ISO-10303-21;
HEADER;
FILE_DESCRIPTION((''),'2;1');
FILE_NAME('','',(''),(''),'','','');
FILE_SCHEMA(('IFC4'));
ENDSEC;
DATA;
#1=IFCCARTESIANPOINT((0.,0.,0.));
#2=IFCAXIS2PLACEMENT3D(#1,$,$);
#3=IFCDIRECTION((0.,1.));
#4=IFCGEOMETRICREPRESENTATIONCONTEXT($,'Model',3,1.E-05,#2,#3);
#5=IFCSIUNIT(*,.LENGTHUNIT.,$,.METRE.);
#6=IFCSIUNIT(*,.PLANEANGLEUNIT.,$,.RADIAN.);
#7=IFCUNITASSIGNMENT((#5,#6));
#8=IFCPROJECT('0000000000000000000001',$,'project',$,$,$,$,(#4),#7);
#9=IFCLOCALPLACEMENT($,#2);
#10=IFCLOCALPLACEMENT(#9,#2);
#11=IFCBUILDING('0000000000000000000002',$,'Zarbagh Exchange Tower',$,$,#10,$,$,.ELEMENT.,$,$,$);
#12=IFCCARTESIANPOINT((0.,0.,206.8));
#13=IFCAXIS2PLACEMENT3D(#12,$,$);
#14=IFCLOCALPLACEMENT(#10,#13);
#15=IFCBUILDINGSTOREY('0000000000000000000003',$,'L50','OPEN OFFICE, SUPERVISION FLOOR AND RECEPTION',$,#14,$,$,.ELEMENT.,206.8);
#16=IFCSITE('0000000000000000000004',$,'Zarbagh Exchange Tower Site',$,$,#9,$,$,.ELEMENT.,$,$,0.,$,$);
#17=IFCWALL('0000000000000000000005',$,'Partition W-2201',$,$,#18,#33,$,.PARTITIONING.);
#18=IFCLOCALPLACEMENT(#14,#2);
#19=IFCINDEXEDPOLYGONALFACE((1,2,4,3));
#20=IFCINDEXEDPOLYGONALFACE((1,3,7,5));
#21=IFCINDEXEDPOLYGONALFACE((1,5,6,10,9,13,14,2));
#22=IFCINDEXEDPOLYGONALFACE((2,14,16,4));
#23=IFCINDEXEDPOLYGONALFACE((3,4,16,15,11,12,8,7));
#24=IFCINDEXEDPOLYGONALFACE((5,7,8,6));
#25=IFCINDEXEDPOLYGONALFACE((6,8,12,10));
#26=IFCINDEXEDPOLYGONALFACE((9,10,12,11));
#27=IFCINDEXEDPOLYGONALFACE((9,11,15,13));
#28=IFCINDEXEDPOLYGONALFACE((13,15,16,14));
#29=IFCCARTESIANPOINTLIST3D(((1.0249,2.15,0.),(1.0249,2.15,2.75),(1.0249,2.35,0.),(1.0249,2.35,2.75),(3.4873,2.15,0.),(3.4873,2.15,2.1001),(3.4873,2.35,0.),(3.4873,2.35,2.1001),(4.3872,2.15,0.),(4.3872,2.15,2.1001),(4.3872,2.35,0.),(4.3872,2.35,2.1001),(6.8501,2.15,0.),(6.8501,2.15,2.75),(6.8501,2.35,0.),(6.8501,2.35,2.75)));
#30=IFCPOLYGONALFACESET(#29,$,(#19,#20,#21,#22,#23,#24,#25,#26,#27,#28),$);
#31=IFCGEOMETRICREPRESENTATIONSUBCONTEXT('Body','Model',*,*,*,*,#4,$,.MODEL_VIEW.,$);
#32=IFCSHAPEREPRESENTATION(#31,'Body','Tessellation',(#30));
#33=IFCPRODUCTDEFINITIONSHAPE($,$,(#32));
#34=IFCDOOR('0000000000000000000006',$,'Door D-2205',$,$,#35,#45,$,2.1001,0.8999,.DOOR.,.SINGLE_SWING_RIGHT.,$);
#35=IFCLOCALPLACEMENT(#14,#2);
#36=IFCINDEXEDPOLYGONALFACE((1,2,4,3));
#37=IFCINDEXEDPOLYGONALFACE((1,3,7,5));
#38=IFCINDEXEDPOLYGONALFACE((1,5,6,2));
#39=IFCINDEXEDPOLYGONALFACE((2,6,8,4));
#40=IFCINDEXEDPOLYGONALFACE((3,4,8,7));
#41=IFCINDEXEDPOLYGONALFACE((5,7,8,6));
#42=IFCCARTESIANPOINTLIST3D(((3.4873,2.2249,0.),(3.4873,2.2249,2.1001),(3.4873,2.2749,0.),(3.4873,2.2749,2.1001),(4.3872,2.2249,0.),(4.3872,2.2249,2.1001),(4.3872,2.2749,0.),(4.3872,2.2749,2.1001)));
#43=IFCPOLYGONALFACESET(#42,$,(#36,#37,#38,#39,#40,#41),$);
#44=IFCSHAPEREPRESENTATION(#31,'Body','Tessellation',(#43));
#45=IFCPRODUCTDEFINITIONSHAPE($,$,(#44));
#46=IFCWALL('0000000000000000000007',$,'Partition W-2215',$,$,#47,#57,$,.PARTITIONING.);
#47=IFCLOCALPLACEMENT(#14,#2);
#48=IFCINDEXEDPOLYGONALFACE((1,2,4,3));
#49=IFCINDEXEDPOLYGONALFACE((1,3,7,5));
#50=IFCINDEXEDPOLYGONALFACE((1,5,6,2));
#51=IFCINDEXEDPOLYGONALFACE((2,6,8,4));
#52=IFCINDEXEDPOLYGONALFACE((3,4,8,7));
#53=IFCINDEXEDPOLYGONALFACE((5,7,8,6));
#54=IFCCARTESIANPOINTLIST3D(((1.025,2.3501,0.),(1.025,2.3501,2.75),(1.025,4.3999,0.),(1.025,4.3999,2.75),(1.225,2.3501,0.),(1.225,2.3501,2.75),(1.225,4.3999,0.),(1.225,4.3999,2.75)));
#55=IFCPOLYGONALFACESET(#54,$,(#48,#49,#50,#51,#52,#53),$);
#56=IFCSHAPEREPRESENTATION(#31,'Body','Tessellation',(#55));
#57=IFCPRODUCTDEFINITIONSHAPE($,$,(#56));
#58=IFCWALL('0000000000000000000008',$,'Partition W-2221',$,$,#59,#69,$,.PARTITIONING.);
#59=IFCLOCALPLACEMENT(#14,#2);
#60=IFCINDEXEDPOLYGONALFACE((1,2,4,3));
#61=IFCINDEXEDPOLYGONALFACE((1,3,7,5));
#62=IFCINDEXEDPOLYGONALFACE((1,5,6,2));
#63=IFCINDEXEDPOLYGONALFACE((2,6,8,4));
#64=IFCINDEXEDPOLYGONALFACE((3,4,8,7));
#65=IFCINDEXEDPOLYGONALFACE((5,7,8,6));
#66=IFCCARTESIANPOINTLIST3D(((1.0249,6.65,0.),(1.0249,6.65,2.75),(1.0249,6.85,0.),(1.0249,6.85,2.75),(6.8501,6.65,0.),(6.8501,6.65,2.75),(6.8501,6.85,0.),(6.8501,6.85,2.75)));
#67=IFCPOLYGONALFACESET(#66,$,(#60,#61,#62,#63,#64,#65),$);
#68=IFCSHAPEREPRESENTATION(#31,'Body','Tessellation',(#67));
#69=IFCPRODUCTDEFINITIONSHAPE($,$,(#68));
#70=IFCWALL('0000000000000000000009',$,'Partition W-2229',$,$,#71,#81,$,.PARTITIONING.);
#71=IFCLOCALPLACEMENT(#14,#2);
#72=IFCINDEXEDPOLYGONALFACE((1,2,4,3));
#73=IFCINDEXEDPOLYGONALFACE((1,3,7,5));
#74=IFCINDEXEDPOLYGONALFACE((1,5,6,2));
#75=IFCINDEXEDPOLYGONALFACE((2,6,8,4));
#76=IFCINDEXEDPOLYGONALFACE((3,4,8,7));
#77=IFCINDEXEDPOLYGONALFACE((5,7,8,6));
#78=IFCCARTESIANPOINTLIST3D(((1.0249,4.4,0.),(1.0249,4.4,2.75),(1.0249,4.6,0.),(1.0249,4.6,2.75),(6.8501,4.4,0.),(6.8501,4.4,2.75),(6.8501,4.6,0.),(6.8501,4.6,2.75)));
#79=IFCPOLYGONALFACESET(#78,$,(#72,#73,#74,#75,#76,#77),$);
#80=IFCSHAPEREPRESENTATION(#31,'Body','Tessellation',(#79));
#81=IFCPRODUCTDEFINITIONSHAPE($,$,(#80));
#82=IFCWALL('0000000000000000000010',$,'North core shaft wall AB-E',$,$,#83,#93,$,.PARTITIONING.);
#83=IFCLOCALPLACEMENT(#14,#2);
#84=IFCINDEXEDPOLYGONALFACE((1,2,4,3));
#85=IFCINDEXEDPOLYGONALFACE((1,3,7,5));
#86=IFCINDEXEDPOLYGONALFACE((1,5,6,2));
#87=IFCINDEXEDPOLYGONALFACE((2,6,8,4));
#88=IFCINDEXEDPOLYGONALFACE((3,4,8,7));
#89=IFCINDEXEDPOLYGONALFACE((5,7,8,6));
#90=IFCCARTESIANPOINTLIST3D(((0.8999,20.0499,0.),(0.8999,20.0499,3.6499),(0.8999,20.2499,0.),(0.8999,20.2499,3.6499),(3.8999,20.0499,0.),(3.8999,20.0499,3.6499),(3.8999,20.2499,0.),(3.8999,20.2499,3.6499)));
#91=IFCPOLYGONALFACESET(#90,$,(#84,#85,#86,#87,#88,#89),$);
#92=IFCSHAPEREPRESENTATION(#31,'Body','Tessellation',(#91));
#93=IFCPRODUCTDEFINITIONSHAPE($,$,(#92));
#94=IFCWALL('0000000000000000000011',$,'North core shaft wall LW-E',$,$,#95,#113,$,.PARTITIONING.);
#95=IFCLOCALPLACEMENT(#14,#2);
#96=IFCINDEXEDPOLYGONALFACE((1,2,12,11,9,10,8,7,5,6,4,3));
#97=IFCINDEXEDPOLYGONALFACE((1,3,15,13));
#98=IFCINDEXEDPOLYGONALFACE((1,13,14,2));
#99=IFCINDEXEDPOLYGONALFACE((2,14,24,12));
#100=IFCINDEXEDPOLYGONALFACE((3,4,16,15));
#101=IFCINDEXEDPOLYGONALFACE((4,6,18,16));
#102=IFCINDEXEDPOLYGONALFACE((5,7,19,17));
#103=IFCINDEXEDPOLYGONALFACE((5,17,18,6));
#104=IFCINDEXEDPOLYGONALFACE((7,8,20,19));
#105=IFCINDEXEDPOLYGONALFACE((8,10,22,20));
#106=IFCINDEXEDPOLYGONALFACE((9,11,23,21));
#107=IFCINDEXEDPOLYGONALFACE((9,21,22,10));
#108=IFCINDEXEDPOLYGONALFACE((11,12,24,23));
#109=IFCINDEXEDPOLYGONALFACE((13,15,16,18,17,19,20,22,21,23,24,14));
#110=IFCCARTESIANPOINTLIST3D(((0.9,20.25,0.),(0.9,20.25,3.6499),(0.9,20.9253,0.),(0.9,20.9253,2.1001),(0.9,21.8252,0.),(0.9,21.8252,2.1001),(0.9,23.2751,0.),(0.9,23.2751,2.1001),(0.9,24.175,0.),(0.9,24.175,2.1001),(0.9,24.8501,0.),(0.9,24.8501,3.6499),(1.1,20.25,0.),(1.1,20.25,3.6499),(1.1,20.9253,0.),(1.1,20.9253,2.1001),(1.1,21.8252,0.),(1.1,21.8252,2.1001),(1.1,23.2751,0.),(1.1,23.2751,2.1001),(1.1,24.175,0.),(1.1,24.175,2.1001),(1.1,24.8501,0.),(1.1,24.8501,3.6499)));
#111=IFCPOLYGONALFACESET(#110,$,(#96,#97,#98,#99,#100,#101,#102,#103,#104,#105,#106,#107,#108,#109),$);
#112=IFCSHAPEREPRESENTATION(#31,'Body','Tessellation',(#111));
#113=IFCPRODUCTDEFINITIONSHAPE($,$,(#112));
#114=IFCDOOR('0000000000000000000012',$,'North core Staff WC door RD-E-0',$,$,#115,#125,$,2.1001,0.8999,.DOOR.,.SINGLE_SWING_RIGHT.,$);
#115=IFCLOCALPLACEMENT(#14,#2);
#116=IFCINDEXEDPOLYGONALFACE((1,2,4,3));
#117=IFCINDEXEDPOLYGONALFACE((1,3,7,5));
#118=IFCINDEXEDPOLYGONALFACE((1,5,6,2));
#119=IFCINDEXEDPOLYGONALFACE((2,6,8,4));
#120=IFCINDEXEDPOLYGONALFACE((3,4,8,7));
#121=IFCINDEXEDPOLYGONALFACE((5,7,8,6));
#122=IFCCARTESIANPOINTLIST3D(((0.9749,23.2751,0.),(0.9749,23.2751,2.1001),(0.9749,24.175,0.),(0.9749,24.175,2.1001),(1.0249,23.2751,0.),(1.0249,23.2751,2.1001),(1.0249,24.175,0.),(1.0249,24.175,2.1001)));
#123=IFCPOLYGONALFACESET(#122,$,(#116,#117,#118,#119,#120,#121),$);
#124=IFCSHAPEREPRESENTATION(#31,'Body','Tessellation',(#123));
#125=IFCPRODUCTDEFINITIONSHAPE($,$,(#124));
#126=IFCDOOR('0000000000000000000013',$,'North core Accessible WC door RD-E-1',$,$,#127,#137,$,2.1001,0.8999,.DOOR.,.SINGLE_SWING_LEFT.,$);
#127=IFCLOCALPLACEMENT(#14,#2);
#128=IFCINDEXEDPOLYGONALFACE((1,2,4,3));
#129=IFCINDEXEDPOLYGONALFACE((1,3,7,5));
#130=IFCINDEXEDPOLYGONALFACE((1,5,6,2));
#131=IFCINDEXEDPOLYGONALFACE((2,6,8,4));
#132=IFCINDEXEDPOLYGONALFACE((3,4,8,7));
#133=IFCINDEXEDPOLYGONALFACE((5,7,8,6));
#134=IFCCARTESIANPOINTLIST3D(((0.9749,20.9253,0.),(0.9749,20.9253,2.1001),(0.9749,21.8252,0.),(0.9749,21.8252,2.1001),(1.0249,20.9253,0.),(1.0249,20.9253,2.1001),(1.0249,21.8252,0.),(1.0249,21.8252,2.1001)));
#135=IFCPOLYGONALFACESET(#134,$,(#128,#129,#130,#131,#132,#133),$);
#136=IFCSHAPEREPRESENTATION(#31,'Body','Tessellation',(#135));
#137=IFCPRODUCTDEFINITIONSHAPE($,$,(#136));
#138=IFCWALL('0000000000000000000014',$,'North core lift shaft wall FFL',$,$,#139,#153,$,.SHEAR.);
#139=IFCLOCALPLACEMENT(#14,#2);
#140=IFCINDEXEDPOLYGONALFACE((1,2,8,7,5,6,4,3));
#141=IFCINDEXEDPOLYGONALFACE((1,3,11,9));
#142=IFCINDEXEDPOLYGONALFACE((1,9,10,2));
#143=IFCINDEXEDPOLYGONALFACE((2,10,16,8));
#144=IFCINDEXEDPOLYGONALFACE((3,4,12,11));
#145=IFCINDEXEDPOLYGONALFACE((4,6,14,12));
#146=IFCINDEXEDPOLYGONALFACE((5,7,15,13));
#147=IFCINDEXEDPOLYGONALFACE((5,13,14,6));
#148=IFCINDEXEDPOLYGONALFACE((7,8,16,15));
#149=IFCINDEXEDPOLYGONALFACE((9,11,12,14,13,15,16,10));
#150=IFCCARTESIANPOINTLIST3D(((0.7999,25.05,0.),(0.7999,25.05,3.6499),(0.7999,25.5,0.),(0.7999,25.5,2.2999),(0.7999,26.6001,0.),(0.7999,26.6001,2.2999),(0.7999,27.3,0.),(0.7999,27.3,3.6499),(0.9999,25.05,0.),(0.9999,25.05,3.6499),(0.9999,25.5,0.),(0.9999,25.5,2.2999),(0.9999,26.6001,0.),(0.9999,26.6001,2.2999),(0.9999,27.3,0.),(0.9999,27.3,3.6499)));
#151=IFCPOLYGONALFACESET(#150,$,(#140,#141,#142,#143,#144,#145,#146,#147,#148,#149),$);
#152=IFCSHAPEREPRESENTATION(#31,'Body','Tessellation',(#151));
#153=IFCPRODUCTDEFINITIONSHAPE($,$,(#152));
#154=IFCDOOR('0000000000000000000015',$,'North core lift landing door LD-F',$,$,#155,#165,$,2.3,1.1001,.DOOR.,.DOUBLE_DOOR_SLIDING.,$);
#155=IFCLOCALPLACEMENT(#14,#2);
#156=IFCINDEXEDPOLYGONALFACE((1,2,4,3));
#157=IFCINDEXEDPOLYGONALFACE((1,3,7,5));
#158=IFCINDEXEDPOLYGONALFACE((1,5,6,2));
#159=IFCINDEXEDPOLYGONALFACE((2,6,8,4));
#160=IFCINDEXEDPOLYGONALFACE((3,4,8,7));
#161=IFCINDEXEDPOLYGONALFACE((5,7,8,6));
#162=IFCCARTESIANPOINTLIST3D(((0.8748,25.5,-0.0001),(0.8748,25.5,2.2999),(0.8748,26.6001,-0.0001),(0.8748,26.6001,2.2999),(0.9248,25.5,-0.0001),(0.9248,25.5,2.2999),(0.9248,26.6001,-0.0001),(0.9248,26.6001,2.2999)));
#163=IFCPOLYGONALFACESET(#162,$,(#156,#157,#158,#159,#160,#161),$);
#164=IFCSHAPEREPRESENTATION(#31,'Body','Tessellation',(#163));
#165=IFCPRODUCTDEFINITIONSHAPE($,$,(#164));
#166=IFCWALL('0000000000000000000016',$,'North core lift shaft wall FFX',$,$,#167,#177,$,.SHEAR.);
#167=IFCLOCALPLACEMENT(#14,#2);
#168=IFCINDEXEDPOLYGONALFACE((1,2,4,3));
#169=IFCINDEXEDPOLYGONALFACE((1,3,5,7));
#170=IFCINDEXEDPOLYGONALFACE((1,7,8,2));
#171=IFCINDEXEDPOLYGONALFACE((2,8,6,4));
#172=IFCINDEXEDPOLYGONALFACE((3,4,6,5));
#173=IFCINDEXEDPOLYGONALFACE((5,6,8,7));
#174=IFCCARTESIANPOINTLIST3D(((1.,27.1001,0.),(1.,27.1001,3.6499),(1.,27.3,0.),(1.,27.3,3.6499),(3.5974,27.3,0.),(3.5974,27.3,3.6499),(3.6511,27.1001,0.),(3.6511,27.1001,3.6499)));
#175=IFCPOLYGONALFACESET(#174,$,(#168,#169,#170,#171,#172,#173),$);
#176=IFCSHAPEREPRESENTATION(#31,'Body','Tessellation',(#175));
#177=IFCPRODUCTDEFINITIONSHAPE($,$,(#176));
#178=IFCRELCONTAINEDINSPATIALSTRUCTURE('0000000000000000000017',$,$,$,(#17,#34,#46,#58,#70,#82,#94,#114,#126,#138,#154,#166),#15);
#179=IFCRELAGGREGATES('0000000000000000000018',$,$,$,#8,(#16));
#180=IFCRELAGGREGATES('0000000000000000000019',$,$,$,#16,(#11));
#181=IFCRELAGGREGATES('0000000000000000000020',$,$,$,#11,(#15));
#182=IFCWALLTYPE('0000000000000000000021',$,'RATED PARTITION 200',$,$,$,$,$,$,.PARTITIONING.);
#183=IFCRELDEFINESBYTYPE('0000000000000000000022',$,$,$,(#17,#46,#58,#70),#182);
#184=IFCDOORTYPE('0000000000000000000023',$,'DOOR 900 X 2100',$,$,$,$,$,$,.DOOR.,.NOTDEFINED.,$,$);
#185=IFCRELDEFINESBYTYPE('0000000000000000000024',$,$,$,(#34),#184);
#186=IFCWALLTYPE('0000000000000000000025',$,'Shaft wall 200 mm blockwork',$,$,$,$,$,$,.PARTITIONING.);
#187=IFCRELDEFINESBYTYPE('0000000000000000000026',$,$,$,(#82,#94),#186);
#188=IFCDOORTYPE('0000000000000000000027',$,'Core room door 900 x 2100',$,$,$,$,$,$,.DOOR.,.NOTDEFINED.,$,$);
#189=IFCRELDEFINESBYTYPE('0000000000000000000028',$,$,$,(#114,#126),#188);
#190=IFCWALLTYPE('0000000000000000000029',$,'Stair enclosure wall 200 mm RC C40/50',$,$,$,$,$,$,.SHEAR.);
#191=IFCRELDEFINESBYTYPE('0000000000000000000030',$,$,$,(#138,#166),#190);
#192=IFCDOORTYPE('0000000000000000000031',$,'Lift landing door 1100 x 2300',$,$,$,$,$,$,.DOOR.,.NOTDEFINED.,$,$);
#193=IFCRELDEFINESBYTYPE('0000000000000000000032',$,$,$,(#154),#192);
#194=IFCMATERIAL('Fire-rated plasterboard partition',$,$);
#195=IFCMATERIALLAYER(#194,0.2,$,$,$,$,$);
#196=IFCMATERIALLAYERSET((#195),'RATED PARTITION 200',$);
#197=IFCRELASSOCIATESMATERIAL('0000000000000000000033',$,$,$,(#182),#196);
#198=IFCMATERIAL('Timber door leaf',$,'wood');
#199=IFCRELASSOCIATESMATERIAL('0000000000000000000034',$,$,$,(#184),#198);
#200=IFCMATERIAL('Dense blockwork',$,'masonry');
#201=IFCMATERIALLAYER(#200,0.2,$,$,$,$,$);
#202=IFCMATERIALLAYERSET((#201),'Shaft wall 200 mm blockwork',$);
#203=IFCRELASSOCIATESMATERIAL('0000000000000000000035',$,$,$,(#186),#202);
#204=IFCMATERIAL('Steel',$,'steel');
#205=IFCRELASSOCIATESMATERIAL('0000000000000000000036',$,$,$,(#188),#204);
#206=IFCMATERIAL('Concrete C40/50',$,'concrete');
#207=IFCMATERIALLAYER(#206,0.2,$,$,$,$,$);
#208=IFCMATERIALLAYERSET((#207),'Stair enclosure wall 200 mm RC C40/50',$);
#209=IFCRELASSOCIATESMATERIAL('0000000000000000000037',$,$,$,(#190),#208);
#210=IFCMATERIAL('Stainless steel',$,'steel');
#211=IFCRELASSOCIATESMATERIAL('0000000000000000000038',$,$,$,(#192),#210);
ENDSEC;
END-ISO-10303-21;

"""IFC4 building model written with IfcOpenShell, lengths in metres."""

from ifc_helpers import new_model, si_unit, direction, frame, frame_2d, origin, place, context, subcontext, project, spatial, polyline, rectangle, outline, extrude, material, layer, layer_set, type_object, element, fill, save


model = new_model("IFC4")

# Units and contexts
model_context = context("Model", 3, precision=1e-05, world=origin(), true_north=direction((0.0, 1.0)))
body_context = subcontext(model_context, "Body", "Model", "MODEL_VIEW")
ifc_project = project(units=[si_unit("LENGTHUNIT", "METRE"), si_unit("PLANEANGLEUNIT", "RADIAN")], contexts=[model_context])

# Site, building, storey
site_placement = place(None, origin())
site = spatial("IfcSite", under=ifc_project, at=site_placement, Name="Zarbagh Exchange Tower Site", CompositionType="ELEMENT", RefElevation=0.0)
building_placement = place(site_placement, origin())
building = spatial("IfcBuilding", under=site, at=building_placement, Name="Zarbagh Exchange Tower", CompositionType="ELEMENT")
storey_placement = place(building_placement, frame((0.0, 0.0, 206.8)))
storey = spatial("IfcBuildingStorey", under=building, at=storey_placement, Name="L50", Description="OPEN OFFICE, SUPERVISION FLOOR AND RECEPTION", CompositionType="ELEMENT", Elevation=206.8)

# Shared definitions
ifc_material_1 = material(Name="Concrete C40/50", Category="concrete")

# Shared definitions
ifc_material_2 = material(Name="Dense blockwork", Category="masonry")

# Wall, opening, door
ifc_material_3 = material(Name="Fire-rated plasterboard partition")
ifc_layer_1 = layer(ifc_material_3, 0.2)
ifc_layer_set_1 = layer_set([ifc_layer_1], Name="RATED PARTITION 200")
wall_type_1 = type_object("IfcWallType", Name="RATED PARTITION 200", PredefinedType="PARTITIONING", material=ifc_layer_set_1)
wall_1_placement = place(storey_placement, frame((1.0249, 2.25, 0.0), z_axis=(0.0, 0.0, 1.0), x_axis=(1.0, 0.0, 0.0)))
wall_1 = element("IfcWall", 1, at=wall_1_placement, inside=storey, type_object=wall_type_1, Name="Partition W-2201", PredefinedType="PARTITIONING", context=body_context, shape_type="SweptSolid", body=[
    extrude(rectangle(XDim=5.8252, YDim=0.2, at=frame_2d((2.9126, 0.0))), origin(), (0.0, 0.0, 1.0), 2.75),
])
opening_1_placement = place(wall_1_placement, frame((2.4624, 0.0, 0.0)))
opening_1 = element("IfcOpeningElement", 2, at=opening_1_placement, cuts=wall_1, PredefinedType="OPENING", context=body_context, shape_type="SweptSolid", body=[
    extrude(rectangle(XDim=0.8999, YDim=2.1001, at=frame_2d((0.45, 1.05))), frame((0.0, 0.1099, 0.0), z_axis=(0.0, -1.0, 0.0), x_axis=(1.0, 0.0, 0.0)), (0.0, 0.0, 1.0), 0.22),
])
ifc_material_4 = material(Name="Timber door leaf", Category="wood")
door_type_1 = type_object("IfcDoorType", Name="DOOR 900 X 2100", OperationType="NOTDEFINED", PredefinedType="DOOR", material=ifc_material_4)
door_1_placement = place(opening_1_placement, origin())
door_1 = element("IfcDoor", 3, at=door_1_placement, inside=storey, type_object=door_type_1, Name="Door D-2205", OperationType="SINGLE_SWING_RIGHT", OverallHeight=2.1001, OverallWidth=0.8999, PredefinedType="DOOR", context=body_context, shape_type="SweptSolid", body=[
    extrude(rectangle(XDim=0.8999, YDim=2.1001, at=frame_2d((0.45, 1.05))), frame((0.0, 0.0249, 0.0), z_axis=(0.0, -1.0, 0.0), x_axis=(1.0, 0.0, 0.0)), (0.0, 0.0, 1.0), 0.05),
])
fill(opening_1, door_1)

# Walls
wall_2_placement = place(storey_placement, frame((1.125, 2.3501, 0.0), z_axis=(0.0, 0.0, 1.0), x_axis=(0.0, 1.0, 0.0)))
element("IfcWall", 4, at=wall_2_placement, inside=storey, type_object=wall_type_1, Name="Partition W-2215", PredefinedType="PARTITIONING", context=body_context, shape_type="SweptSolid", body=[
    extrude(rectangle(XDim=2.0498, YDim=0.2, at=frame_2d((1.0249, 0.0))), origin(), (0.0, 0.0, 1.0), 2.75),
])
for number, where, z_axis, x_axis, name in (
    (5, (1.0249, 6.75, 0.0), (0.0, 0.0, 1.0), (1.0, 0.0, 0.0), "Partition W-2221"),
    (6, (1.0249, 4.5, 0.0), (0.0, 0.0, 1.0), (1.0, 0.0, 0.0), "Partition W-2229"),
):
    element("IfcWall", number, at=place(storey_placement, frame(where, z_axis=z_axis, x_axis=x_axis)), inside=storey, type_object=wall_type_1, Name=name, PredefinedType="PARTITIONING", context=body_context, shape_type="SweptSolid", body=[
        extrude(rectangle(XDim=5.8252, YDim=0.2, at=frame_2d((2.9126, 0.0))), origin(), (0.0, 0.0, 1.0), 2.75),
    ])
ifc_layer_2 = layer(ifc_material_2, 0.2)
ifc_layer_set_2 = layer_set([ifc_layer_2], Name="Shaft wall 200 mm blockwork")
wall_type_2 = type_object("IfcWallType", Name="Shaft wall 200 mm blockwork", PredefinedType="PARTITIONING", material=ifc_layer_set_2)
wall_3_placement = place(storey_placement, frame((0.8999, 20.1499, 0.0), z_axis=(0.0, 0.0, 1.0), x_axis=(1.0, 0.0, 0.0)))
element("IfcWall", 7, at=wall_3_placement, inside=storey, type_object=wall_type_2, Name="North core shaft wall AB-E", PredefinedType="PARTITIONING", context=body_context, shape_type="SweptSolid", body=[
    extrude(rectangle(XDim=3.0, YDim=0.2, at=frame_2d((1.5, 0.0))), origin(), (0.0, 0.0, 1.0), 3.6499),
])

# Wall, openings, doors
wall_4_placement = place(storey_placement, frame((1.0, 24.8501, 0.0), z_axis=(0.0, 0.0, 1.0), x_axis=(0.0, -1.0, 0.0)))
wall_4 = element("IfcWall", 8, at=wall_4_placement, inside=storey, type_object=wall_type_2, Name="North core shaft wall LW-E", PredefinedType="PARTITIONING", context=body_context, shape_type="SweptSolid", body=[
    extrude(rectangle(XDim=4.6001, YDim=0.2, at=frame_2d((2.3, 0.0))), origin(), (0.0, 0.0, 1.0), 3.6499),
])
opening_2_placement = place(wall_4_placement, frame((0.675, 0.0, 0.0)))
opening_2 = element("IfcOpeningElement", 9, at=opening_2_placement, cuts=wall_4, PredefinedType="OPENING", context=body_context, shape_type="SweptSolid", body=[
    extrude(rectangle(XDim=0.8999, YDim=2.1001, at=frame_2d((0.45, 1.05))), frame((0.0, 0.1099, 0.0), z_axis=(0.0, -1.0, 0.0), x_axis=(1.0, 0.0, 0.0)), (0.0, 0.0, 1.0), 0.22),
])
opening_3_placement = place(wall_4_placement, frame((3.0249, 0.0, 0.0)))
opening_3 = element("IfcOpeningElement", 10, at=opening_3_placement, cuts=wall_4, PredefinedType="OPENING", context=body_context, shape_type="SweptSolid", body=[
    extrude(rectangle(XDim=0.8999, YDim=2.1001, at=frame_2d((0.45, 1.05))), frame((0.0, 0.1099, 0.0), z_axis=(0.0, -1.0, 0.0), x_axis=(1.0, 0.0, 0.0)), (0.0, 0.0, 1.0), 0.22),
])
ifc_material_5 = material(Name="Steel", Category="steel")
door_type_2 = type_object("IfcDoorType", Name="Core room door 900 x 2100", OperationType="NOTDEFINED", PredefinedType="DOOR", material=ifc_material_5)
door_2_placement = place(opening_2_placement, origin())
door_2 = element("IfcDoor", 11, at=door_2_placement, inside=storey, type_object=door_type_2, Name="North core Staff WC door RD-E-0", OperationType="SINGLE_SWING_RIGHT", OverallHeight=2.1001, OverallWidth=0.8999, PredefinedType="DOOR", context=body_context, shape_type="SweptSolid", body=[
    extrude(rectangle(XDim=0.8999, YDim=2.1001, at=frame_2d((0.45, 1.05))), frame((0.0, 0.0249, 0.0), z_axis=(0.0, -1.0, 0.0), x_axis=(1.0, 0.0, 0.0)), (0.0, 0.0, 1.0), 0.05),
])
fill(opening_2, door_2)
door_3_placement = place(opening_3_placement, origin())
door_3 = element("IfcDoor", 12, at=door_3_placement, inside=storey, type_object=door_type_2, Name="North core Accessible WC door RD-E-1", OperationType="SINGLE_SWING_LEFT", OverallHeight=2.1001, OverallWidth=0.8999, PredefinedType="DOOR", context=body_context, shape_type="SweptSolid", body=[
    extrude(rectangle(XDim=0.8999, YDim=2.1001, at=frame_2d((0.45, 1.05))), frame((0.0, 0.0249, 0.0), z_axis=(0.0, -1.0, 0.0), x_axis=(1.0, 0.0, 0.0)), (0.0, 0.0, 1.0), 0.05),
])
fill(opening_3, door_3)

# Wall, opening, door
ifc_layer_3 = layer(ifc_material_1, 0.2)
ifc_layer_set_3 = layer_set([ifc_layer_3], Name="Stair enclosure wall 200 mm RC C40/50")
wall_type_3 = type_object("IfcWallType", Name="Stair enclosure wall 200 mm RC C40/50", PredefinedType="SHEAR", material=ifc_layer_set_3)
wall_5_placement = place(storey_placement, frame((0.8999, 27.3, 0.0), z_axis=(0.0, 0.0, 1.0), x_axis=(0.0, -1.0, 0.0)))
wall_5 = element("IfcWall", 13, at=wall_5_placement, inside=storey, type_object=wall_type_3, Name="North core lift shaft wall FFL", PredefinedType="SHEAR", context=body_context, shape_type="SweptSolid", body=[
    extrude(rectangle(XDim=2.25, YDim=0.2, at=frame_2d((1.125, 0.0))), origin(), (0.0, 0.0, 1.0), 3.6499),
])
opening_4_placement = place(wall_5_placement, frame((0.7, 0.0, 0.0)))
opening_4 = element("IfcOpeningElement", 14, at=opening_4_placement, cuts=wall_5, PredefinedType="OPENING", context=body_context, shape_type="SweptSolid", body=[
    extrude(rectangle(XDim=1.1001, YDim=2.3, at=frame_2d((0.55, 1.1499))), frame((0.0, 0.1099, 0.0), z_axis=(0.0, -1.0, 0.0), x_axis=(1.0, 0.0, 0.0)), (0.0, 0.0, 1.0), 0.22),
])
ifc_material_6 = material(Name="Stainless steel", Category="steel")
door_type_3 = type_object("IfcDoorType", Name="Lift landing door 1100 x 2300", OperationType="NOTDEFINED", PredefinedType="DOOR", material=ifc_material_6)
door_4_placement = place(opening_4_placement, origin())
door_4 = element("IfcDoor", 15, at=door_4_placement, inside=storey, type_object=door_type_3, Name="North core lift landing door LD-F", OperationType="DOUBLE_DOOR_SLIDING", OverallHeight=2.3, OverallWidth=1.1001, PredefinedType="DOOR", context=body_context, shape_type="SweptSolid", body=[
    extrude(rectangle(XDim=1.1001, YDim=2.3, at=frame_2d((0.55, 1.1499))), frame((0.0, 0.0249, 0.0), z_axis=(0.0, -1.0, 0.0), x_axis=(1.0, 0.0, 0.0)), (0.0, 0.0, 1.0), 0.05),
])
fill(opening_4, door_4)

# Wall
wall_6_placement = place(storey_placement, origin())
element("IfcWall", 16, at=wall_6_placement, inside=storey, type_object=wall_type_3, Name="North core lift shaft wall FFX", PredefinedType="SHEAR", context=body_context, shape_type="SweptSolid", body=[
    extrude(outline(polyline([(1.0, 27.1001), (3.6511, 27.1001), (3.5974, 27.3), (1.0, 27.3), (1.0, 27.1001)])), origin(), (0.0, 0.0, 1.0), 3.6499),
])

save(model, "model.ifc")
